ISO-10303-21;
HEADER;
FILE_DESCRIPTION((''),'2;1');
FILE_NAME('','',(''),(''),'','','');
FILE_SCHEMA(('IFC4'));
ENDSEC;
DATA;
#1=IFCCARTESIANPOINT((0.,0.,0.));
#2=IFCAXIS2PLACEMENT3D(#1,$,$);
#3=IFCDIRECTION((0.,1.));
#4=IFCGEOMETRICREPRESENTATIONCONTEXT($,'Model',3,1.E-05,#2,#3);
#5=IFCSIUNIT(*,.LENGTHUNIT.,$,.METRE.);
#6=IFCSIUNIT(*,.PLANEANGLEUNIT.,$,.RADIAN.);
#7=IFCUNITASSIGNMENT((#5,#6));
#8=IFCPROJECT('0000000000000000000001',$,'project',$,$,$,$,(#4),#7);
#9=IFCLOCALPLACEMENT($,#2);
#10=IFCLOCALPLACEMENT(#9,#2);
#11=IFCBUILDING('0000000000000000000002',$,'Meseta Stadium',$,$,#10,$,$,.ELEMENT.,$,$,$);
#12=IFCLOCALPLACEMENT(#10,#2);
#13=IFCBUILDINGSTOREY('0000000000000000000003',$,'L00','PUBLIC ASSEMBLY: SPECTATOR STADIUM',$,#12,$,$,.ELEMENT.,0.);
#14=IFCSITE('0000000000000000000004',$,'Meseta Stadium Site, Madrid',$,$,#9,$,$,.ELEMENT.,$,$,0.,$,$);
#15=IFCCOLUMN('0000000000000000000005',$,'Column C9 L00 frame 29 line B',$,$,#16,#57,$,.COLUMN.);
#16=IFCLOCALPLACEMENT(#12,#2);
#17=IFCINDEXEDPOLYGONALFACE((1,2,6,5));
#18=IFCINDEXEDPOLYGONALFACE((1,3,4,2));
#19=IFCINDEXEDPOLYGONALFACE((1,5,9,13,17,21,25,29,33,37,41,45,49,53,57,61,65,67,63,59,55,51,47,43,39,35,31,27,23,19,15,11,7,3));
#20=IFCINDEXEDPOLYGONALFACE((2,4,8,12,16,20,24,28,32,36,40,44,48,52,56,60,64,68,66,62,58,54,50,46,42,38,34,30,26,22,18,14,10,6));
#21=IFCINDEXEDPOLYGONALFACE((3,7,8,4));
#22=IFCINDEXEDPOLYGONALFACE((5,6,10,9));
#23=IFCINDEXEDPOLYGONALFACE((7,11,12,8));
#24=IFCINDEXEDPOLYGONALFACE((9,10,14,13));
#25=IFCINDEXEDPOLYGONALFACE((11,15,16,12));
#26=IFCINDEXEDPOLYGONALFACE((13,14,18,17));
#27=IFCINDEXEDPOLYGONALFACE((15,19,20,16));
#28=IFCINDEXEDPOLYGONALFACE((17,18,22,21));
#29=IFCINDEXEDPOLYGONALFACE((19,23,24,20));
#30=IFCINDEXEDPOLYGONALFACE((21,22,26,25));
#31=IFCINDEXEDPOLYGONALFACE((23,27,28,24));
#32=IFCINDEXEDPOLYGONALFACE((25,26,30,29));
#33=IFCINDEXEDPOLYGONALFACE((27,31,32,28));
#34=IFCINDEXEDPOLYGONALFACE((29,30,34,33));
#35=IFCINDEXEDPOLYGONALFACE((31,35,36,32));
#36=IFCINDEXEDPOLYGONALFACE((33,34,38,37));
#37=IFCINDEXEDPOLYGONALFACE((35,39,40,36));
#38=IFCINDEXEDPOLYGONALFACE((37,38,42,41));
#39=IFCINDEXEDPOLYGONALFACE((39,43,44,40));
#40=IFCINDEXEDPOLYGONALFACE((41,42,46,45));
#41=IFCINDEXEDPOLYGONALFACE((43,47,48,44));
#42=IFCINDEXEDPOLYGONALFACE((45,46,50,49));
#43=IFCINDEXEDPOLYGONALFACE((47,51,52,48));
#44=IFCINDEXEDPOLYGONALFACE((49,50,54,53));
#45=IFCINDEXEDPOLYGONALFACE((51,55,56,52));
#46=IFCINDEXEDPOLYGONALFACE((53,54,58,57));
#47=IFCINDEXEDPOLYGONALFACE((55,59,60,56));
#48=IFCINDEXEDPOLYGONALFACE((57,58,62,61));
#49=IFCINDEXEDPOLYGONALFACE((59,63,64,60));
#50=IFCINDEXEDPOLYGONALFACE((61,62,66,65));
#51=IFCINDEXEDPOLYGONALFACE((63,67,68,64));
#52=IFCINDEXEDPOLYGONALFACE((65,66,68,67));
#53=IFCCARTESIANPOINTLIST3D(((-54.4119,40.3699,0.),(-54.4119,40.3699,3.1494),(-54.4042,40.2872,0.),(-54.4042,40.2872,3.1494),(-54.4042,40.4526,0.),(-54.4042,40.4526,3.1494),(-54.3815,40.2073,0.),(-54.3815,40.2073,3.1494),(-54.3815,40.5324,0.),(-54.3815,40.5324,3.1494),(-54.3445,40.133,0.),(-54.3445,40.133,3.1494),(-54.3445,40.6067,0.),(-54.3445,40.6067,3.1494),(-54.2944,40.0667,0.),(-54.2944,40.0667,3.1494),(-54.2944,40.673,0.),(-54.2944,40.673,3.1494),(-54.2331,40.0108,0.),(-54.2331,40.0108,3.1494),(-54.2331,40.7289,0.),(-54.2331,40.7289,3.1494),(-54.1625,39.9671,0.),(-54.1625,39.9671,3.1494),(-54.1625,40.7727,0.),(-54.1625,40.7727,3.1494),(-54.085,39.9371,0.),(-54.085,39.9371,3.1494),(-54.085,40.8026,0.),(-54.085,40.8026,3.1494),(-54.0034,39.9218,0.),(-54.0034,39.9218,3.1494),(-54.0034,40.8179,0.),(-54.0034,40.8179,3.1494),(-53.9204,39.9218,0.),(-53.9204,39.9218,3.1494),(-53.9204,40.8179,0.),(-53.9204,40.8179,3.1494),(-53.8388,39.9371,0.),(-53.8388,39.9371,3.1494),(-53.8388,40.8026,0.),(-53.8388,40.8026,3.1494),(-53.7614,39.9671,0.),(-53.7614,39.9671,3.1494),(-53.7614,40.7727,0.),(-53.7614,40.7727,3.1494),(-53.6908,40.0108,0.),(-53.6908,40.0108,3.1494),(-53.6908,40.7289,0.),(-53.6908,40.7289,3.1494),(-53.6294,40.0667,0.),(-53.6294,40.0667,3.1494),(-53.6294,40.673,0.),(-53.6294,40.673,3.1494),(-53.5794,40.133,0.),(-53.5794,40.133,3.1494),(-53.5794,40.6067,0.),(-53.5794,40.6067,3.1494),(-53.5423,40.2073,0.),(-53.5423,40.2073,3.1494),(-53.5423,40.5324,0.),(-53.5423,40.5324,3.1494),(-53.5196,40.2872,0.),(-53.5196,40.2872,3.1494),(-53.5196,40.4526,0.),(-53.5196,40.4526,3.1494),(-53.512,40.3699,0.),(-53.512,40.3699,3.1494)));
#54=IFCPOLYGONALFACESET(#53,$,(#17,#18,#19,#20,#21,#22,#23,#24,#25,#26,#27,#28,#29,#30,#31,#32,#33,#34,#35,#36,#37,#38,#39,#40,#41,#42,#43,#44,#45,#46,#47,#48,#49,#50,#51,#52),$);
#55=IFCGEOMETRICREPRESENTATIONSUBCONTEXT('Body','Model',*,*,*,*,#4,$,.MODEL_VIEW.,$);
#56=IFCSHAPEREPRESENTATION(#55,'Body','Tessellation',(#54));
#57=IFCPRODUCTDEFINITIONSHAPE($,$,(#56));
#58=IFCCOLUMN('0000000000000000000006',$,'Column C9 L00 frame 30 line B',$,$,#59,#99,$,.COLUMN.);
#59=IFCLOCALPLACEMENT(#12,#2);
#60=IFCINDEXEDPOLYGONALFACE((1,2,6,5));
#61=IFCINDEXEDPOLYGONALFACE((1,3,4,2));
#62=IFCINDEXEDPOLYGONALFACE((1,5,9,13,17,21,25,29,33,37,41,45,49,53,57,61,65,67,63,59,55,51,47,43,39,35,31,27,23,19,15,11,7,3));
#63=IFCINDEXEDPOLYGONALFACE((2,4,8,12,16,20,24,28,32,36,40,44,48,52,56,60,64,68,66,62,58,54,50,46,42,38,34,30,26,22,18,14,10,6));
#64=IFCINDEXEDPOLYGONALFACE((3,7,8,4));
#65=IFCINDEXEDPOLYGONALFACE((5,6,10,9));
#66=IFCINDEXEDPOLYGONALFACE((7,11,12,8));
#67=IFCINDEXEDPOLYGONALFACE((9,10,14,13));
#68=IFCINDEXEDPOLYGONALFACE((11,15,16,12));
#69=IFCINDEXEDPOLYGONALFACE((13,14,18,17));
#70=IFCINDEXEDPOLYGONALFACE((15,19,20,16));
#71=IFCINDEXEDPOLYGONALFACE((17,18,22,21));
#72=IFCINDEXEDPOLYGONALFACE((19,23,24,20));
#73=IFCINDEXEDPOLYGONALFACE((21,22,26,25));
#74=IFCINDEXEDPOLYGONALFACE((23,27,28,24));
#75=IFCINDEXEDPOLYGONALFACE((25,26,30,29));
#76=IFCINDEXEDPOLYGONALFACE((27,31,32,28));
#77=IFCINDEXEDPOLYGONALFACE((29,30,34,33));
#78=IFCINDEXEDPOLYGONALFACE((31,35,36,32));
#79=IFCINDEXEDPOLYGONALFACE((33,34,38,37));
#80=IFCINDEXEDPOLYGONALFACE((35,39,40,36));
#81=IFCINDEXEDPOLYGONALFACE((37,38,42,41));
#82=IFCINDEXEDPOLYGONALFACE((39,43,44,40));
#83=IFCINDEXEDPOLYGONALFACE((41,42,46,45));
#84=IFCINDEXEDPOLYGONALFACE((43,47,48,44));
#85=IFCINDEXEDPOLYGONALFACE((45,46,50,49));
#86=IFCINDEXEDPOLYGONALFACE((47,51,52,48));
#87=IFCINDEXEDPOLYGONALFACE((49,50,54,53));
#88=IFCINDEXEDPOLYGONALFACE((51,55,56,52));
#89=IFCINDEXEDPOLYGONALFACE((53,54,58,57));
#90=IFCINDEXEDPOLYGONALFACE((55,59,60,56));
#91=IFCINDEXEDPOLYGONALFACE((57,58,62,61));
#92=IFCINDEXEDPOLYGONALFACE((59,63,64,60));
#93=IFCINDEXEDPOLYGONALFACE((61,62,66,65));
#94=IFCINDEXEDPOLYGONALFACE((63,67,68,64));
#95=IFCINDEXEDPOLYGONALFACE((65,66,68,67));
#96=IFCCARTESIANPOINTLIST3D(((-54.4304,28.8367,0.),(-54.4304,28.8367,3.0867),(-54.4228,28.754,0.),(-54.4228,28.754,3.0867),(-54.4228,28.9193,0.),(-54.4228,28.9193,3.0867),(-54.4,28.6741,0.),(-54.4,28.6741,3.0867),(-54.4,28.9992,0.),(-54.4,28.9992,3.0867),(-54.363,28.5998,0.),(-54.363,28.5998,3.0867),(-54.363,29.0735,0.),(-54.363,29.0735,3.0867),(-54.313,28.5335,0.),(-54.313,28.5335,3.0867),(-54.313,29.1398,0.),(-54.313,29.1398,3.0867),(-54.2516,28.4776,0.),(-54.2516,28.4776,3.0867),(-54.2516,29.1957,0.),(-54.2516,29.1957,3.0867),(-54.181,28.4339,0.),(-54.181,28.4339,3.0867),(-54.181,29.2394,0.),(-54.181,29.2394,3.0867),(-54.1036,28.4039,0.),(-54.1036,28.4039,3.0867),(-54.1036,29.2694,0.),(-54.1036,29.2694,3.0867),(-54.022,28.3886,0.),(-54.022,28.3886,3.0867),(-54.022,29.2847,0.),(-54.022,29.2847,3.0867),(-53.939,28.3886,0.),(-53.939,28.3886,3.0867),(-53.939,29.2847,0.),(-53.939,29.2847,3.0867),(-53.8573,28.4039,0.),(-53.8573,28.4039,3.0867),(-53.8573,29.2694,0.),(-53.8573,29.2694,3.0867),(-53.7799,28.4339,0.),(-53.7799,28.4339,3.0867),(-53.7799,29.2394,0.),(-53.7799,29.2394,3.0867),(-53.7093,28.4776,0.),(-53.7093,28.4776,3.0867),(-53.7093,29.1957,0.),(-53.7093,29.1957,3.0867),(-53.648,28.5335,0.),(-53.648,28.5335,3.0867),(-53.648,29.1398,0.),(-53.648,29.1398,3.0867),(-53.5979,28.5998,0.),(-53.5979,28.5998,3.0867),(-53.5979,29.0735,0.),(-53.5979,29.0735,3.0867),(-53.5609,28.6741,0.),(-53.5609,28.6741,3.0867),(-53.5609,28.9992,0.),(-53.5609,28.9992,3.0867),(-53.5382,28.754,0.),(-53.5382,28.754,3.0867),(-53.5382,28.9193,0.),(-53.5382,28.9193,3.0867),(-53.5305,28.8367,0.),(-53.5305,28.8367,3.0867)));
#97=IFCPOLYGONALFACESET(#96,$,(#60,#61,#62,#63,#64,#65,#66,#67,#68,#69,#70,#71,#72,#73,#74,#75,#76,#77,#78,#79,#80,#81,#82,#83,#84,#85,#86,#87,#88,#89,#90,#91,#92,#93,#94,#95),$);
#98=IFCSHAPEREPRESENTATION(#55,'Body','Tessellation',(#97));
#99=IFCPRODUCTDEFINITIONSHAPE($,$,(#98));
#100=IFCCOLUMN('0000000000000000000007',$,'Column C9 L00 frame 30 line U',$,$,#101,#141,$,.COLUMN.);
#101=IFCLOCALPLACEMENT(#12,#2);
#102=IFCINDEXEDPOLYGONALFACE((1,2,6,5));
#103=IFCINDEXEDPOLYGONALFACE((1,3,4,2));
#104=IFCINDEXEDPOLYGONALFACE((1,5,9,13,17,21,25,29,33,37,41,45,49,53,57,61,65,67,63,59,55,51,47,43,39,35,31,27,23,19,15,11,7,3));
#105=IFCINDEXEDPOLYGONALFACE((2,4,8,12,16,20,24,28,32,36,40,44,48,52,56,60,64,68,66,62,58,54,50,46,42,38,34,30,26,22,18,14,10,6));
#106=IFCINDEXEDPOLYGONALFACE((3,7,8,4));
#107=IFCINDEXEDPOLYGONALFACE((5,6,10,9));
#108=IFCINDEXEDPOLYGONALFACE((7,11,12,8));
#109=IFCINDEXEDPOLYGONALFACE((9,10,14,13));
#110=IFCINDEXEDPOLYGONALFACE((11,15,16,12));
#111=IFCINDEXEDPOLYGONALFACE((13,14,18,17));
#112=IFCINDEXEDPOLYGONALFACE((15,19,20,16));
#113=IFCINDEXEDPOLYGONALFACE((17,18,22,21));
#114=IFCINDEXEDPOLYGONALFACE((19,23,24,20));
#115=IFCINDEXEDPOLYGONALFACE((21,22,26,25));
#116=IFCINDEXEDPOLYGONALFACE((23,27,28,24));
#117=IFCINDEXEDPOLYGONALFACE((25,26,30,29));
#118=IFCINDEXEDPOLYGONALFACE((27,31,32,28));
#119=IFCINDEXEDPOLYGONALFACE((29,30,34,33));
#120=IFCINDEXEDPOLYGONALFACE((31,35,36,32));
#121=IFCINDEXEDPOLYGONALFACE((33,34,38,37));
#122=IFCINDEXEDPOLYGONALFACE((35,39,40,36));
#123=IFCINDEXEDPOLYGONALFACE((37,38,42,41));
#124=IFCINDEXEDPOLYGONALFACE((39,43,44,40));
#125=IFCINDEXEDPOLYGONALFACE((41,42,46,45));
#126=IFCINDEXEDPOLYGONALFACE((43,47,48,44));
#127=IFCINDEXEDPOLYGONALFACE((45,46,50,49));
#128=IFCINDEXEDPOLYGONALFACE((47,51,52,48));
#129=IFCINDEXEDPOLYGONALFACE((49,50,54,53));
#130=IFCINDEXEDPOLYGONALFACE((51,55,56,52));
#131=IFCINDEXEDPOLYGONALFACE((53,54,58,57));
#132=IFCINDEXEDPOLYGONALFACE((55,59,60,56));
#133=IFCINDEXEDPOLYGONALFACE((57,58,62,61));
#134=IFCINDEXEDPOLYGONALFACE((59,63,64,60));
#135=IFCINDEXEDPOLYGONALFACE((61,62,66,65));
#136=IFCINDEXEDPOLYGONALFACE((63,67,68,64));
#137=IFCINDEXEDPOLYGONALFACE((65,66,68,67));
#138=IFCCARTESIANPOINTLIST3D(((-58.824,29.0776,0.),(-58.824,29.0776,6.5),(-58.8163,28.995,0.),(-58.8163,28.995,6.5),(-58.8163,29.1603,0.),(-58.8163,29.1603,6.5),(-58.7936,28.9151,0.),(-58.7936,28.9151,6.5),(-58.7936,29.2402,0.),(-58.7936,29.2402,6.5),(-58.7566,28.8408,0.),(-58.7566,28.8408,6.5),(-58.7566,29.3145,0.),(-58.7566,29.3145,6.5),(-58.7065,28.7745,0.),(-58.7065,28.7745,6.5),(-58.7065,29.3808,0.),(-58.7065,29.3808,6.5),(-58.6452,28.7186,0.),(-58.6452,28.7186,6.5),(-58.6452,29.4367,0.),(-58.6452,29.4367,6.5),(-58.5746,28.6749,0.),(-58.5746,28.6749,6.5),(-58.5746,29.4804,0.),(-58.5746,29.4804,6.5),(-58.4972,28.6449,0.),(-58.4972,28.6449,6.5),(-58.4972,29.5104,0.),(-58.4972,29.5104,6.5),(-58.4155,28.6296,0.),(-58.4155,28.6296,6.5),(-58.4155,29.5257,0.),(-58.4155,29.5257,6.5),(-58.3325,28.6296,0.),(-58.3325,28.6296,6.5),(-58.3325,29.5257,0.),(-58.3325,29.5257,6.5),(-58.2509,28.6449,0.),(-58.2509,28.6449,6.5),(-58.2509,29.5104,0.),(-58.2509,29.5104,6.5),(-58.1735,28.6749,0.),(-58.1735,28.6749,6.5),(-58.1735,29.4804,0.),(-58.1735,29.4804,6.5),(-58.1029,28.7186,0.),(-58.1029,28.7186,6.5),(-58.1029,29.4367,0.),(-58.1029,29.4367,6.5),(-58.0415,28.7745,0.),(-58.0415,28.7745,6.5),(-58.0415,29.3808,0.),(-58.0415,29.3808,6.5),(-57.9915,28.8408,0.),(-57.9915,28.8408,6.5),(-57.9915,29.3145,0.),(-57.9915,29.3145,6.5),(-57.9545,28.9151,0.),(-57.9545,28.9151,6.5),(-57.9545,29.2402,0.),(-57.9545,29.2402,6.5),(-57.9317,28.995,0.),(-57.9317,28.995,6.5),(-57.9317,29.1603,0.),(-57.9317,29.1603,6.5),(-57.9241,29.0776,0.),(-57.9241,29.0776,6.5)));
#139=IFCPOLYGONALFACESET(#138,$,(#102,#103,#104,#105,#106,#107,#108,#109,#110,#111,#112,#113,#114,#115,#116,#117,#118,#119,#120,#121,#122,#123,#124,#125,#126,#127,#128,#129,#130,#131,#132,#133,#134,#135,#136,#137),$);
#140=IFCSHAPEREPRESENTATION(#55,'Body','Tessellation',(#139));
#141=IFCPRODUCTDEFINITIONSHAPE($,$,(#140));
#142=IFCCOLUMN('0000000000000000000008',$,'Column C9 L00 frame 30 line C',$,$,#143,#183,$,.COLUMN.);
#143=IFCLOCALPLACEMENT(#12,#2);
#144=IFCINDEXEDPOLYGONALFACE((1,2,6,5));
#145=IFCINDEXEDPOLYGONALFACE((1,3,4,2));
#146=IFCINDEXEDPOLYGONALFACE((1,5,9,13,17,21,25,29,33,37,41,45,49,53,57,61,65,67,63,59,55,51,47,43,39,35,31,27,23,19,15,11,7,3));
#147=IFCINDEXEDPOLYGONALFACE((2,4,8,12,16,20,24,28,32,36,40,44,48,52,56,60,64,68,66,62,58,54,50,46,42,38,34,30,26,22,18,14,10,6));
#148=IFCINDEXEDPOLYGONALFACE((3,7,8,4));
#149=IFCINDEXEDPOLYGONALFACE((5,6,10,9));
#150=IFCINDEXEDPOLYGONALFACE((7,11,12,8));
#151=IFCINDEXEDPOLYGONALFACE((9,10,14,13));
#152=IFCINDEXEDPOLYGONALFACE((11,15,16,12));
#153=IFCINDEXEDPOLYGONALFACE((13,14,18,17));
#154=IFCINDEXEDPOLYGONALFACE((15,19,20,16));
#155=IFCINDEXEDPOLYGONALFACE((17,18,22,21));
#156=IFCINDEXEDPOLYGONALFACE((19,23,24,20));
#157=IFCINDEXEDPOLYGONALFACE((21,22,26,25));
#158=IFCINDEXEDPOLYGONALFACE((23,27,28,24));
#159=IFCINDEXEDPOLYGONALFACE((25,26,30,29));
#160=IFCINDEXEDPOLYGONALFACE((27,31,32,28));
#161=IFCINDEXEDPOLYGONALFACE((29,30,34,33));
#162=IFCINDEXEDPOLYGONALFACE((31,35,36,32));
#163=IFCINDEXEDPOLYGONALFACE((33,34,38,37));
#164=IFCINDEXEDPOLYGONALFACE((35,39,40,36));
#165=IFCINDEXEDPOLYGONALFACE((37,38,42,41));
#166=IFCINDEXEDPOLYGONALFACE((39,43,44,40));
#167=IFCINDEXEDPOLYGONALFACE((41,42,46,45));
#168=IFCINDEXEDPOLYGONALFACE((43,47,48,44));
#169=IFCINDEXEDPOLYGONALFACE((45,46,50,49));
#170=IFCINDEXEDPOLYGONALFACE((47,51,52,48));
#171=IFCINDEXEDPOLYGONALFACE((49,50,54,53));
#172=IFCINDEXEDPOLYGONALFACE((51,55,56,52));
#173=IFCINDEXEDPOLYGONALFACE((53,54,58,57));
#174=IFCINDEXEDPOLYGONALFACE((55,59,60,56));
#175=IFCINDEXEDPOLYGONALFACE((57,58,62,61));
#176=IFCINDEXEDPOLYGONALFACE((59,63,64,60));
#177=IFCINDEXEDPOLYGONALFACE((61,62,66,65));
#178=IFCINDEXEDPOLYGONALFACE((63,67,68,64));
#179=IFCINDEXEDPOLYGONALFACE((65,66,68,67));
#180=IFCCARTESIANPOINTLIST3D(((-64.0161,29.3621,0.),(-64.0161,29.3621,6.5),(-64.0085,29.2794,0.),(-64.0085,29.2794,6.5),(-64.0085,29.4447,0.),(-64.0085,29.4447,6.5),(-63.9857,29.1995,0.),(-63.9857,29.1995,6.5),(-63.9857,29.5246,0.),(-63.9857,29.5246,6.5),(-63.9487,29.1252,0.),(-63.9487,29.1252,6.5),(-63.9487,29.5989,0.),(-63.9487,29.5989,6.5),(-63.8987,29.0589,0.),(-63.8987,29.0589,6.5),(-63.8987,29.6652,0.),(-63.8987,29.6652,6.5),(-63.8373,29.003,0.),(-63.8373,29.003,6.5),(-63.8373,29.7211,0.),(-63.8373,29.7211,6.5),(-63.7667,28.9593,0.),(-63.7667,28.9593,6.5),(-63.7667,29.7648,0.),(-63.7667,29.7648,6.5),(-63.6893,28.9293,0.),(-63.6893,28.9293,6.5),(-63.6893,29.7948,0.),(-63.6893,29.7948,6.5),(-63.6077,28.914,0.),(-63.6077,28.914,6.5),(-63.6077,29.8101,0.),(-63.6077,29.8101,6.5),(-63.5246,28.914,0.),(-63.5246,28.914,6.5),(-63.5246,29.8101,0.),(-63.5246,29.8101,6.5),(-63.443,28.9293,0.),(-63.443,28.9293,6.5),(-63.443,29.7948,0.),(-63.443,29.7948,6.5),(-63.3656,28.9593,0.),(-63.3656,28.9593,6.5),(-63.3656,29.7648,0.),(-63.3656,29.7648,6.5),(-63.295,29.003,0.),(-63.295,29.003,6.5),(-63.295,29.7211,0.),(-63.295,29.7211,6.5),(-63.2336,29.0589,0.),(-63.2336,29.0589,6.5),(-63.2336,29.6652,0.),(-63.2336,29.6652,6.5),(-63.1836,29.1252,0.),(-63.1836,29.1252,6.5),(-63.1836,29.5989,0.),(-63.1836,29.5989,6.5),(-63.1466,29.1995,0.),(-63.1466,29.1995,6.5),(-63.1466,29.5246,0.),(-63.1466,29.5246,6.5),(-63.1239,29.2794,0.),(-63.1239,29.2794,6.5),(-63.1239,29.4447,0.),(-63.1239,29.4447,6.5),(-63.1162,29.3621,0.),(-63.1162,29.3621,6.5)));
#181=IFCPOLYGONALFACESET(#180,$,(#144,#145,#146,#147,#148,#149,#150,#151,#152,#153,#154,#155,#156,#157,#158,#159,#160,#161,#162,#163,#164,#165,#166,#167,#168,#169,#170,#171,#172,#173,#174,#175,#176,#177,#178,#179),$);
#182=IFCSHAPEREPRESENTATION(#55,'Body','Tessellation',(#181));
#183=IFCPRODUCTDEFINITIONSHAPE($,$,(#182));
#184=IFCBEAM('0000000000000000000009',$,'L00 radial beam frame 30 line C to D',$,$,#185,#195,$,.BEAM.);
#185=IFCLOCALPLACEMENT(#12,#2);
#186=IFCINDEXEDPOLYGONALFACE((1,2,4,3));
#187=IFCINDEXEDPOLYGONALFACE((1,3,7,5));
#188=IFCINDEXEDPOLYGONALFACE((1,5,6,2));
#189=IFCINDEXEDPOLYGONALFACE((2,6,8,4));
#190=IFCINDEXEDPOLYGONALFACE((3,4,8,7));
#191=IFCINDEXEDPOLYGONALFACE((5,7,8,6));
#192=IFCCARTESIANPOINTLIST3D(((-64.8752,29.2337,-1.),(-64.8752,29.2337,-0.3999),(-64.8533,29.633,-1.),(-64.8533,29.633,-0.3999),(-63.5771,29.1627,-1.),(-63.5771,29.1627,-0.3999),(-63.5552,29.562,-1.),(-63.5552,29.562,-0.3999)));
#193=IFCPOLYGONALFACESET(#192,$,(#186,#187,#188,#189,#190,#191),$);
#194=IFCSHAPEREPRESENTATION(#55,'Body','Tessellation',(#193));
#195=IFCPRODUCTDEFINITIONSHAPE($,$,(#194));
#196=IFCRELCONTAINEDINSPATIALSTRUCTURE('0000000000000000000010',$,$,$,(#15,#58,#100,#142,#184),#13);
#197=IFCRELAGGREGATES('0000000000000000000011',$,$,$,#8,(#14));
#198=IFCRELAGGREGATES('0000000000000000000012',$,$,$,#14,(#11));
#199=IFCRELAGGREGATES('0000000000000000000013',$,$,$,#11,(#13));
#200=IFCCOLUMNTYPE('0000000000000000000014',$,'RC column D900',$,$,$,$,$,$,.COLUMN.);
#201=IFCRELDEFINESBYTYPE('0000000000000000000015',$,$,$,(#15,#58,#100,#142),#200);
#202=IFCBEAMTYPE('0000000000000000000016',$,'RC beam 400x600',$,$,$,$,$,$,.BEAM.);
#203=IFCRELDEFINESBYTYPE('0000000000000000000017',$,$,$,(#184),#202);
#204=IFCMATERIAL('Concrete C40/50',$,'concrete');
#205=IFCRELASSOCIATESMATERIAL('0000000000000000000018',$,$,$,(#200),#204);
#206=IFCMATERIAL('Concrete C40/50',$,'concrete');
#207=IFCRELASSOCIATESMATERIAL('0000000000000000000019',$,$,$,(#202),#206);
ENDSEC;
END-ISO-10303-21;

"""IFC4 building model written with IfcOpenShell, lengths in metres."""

from ifc_helpers import new_model, si_unit, direction, frame, origin, origin_2d, place, context, subcontext, project, spatial, rectangle, circle, extrude, material, material_profile, profile_set, type_object, element, save


model = new_model("IFC4")

# Units and contexts
model_context = context("Model", 3, precision=1e-05, world=origin(), true_north=direction((0.0, 1.0)))
body_context = subcontext(model_context, "Body", "Model", "MODEL_VIEW")
ifc_project = project(units=[si_unit("LENGTHUNIT", "METRE"), si_unit("PLANEANGLEUNIT", "RADIAN")], contexts=[model_context])

# Site, building, storey
site_placement = place(None, origin())
site = spatial("IfcSite", under=ifc_project, at=site_placement, Name="Meseta Stadium Site, Madrid", CompositionType="ELEMENT", RefElevation=0.0)
building_placement = place(site_placement, origin())
building = spatial("IfcBuilding", under=site, at=building_placement, Name="Meseta Stadium", CompositionType="ELEMENT")
storey_placement = place(building_placement, origin())
storey = spatial("IfcBuildingStorey", under=building, at=storey_placement, Name="L00", Description="PUBLIC ASSEMBLY: SPECTATOR STADIUM", CompositionType="ELEMENT", Elevation=0.0)

# Columns
ifc_material_1 = material(Name="Concrete C40/50", Category="concrete")
ifc_material_profile_1 = material_profile(ifc_material_1, circle(Radius=0.45, at=origin_2d()), Name="RC D900")
ifc_profile_set_1 = profile_set([ifc_material_profile_1], Name="Concrete C40/50")
column_type = type_object("IfcColumnType", Name="RC column D900", PredefinedType="COLUMN", material=ifc_profile_set_1)
column_1_placement = place(storey_placement, frame((-53.9619, 40.3699, 0.0), z_axis=(0.0, 0.0, 1.0), x_axis=(1.0, 0.0, 0.0)))
element("IfcColumn", 1, at=column_1_placement, inside=storey, type_object=column_type, Name="Column C9 L00 frame 29 line B", PredefinedType="COLUMN", context=body_context, shape_type="SweptSolid", body=[
    extrude(circle(Radius=0.45, at=origin_2d()), origin(), (0.0, 0.0, 1.0), 3.1494),
])
column_2_placement = place(storey_placement, frame((-53.9805, 28.8367, 0.0), z_axis=(0.0, 0.0, 1.0), x_axis=(1.0, 0.0, 0.0)))
element("IfcColumn", 2, at=column_2_placement, inside=storey, type_object=column_type, Name="Column C9 L00 frame 30 line B", PredefinedType="COLUMN", context=body_context, shape_type="SweptSolid", body=[
    extrude(circle(Radius=0.45, at=origin_2d()), origin(), (0.0, 0.0, 1.0), 3.0867),
])
for number, where, z_axis, x_axis, name in (
    (3, (-58.374, 29.0776, 0.0), (0.0, 0.0, 1.0), (1.0, 0.0, 0.0), "Column C9 L00 frame 30 line U"),
    (4, (-63.5662, 29.3621, 0.0), (0.0, 0.0, 1.0), (1.0, 0.0, 0.0), "Column C9 L00 frame 30 line C"),
):
    element("IfcColumn", number, at=place(storey_placement, frame(where, z_axis=z_axis, x_axis=x_axis)), inside=storey, type_object=column_type, Name=name, PredefinedType="COLUMN", context=body_context, shape_type="SweptSolid", body=[
        extrude(circle(Radius=0.45, at=origin_2d()), origin(), (0.0, 0.0, 1.0), 6.5),
    ])

# Beam
ifc_material_2 = material(Name="Concrete C40/50", Category="concrete")
ifc_material_profile_2 = material_profile(ifc_material_2, rectangle(XDim=0.3999, YDim=0.6001, at=origin_2d()), Name="RC 400x600")
ifc_profile_set_2 = profile_set([ifc_material_profile_2], Name="Concrete C40/50")
beam_type_1 = type_object("IfcBeamType", Name="RC beam 400x600", PredefinedType="BEAM", material=ifc_profile_set_2)
beam_1_placement = place(storey_placement, frame((-63.5662, 29.3623, -0.7), z_axis=(-0.998506, 0.054648, 0.0), x_axis=(-0.054648, -0.998506, 0.0)))
element("IfcBeam", 5, at=beam_1_placement, inside=storey, type_object=beam_type_1, Name="L00 radial beam frame 30 line C to D", PredefinedType="BEAM", context=body_context, shape_type="SweptSolid", body=[
    extrude(rectangle(XDim=0.3999, YDim=0.6001, at=origin_2d()), origin(), (0.0, 0.0, 1.0), 1.3),
])

save(model, "model.ifc")
